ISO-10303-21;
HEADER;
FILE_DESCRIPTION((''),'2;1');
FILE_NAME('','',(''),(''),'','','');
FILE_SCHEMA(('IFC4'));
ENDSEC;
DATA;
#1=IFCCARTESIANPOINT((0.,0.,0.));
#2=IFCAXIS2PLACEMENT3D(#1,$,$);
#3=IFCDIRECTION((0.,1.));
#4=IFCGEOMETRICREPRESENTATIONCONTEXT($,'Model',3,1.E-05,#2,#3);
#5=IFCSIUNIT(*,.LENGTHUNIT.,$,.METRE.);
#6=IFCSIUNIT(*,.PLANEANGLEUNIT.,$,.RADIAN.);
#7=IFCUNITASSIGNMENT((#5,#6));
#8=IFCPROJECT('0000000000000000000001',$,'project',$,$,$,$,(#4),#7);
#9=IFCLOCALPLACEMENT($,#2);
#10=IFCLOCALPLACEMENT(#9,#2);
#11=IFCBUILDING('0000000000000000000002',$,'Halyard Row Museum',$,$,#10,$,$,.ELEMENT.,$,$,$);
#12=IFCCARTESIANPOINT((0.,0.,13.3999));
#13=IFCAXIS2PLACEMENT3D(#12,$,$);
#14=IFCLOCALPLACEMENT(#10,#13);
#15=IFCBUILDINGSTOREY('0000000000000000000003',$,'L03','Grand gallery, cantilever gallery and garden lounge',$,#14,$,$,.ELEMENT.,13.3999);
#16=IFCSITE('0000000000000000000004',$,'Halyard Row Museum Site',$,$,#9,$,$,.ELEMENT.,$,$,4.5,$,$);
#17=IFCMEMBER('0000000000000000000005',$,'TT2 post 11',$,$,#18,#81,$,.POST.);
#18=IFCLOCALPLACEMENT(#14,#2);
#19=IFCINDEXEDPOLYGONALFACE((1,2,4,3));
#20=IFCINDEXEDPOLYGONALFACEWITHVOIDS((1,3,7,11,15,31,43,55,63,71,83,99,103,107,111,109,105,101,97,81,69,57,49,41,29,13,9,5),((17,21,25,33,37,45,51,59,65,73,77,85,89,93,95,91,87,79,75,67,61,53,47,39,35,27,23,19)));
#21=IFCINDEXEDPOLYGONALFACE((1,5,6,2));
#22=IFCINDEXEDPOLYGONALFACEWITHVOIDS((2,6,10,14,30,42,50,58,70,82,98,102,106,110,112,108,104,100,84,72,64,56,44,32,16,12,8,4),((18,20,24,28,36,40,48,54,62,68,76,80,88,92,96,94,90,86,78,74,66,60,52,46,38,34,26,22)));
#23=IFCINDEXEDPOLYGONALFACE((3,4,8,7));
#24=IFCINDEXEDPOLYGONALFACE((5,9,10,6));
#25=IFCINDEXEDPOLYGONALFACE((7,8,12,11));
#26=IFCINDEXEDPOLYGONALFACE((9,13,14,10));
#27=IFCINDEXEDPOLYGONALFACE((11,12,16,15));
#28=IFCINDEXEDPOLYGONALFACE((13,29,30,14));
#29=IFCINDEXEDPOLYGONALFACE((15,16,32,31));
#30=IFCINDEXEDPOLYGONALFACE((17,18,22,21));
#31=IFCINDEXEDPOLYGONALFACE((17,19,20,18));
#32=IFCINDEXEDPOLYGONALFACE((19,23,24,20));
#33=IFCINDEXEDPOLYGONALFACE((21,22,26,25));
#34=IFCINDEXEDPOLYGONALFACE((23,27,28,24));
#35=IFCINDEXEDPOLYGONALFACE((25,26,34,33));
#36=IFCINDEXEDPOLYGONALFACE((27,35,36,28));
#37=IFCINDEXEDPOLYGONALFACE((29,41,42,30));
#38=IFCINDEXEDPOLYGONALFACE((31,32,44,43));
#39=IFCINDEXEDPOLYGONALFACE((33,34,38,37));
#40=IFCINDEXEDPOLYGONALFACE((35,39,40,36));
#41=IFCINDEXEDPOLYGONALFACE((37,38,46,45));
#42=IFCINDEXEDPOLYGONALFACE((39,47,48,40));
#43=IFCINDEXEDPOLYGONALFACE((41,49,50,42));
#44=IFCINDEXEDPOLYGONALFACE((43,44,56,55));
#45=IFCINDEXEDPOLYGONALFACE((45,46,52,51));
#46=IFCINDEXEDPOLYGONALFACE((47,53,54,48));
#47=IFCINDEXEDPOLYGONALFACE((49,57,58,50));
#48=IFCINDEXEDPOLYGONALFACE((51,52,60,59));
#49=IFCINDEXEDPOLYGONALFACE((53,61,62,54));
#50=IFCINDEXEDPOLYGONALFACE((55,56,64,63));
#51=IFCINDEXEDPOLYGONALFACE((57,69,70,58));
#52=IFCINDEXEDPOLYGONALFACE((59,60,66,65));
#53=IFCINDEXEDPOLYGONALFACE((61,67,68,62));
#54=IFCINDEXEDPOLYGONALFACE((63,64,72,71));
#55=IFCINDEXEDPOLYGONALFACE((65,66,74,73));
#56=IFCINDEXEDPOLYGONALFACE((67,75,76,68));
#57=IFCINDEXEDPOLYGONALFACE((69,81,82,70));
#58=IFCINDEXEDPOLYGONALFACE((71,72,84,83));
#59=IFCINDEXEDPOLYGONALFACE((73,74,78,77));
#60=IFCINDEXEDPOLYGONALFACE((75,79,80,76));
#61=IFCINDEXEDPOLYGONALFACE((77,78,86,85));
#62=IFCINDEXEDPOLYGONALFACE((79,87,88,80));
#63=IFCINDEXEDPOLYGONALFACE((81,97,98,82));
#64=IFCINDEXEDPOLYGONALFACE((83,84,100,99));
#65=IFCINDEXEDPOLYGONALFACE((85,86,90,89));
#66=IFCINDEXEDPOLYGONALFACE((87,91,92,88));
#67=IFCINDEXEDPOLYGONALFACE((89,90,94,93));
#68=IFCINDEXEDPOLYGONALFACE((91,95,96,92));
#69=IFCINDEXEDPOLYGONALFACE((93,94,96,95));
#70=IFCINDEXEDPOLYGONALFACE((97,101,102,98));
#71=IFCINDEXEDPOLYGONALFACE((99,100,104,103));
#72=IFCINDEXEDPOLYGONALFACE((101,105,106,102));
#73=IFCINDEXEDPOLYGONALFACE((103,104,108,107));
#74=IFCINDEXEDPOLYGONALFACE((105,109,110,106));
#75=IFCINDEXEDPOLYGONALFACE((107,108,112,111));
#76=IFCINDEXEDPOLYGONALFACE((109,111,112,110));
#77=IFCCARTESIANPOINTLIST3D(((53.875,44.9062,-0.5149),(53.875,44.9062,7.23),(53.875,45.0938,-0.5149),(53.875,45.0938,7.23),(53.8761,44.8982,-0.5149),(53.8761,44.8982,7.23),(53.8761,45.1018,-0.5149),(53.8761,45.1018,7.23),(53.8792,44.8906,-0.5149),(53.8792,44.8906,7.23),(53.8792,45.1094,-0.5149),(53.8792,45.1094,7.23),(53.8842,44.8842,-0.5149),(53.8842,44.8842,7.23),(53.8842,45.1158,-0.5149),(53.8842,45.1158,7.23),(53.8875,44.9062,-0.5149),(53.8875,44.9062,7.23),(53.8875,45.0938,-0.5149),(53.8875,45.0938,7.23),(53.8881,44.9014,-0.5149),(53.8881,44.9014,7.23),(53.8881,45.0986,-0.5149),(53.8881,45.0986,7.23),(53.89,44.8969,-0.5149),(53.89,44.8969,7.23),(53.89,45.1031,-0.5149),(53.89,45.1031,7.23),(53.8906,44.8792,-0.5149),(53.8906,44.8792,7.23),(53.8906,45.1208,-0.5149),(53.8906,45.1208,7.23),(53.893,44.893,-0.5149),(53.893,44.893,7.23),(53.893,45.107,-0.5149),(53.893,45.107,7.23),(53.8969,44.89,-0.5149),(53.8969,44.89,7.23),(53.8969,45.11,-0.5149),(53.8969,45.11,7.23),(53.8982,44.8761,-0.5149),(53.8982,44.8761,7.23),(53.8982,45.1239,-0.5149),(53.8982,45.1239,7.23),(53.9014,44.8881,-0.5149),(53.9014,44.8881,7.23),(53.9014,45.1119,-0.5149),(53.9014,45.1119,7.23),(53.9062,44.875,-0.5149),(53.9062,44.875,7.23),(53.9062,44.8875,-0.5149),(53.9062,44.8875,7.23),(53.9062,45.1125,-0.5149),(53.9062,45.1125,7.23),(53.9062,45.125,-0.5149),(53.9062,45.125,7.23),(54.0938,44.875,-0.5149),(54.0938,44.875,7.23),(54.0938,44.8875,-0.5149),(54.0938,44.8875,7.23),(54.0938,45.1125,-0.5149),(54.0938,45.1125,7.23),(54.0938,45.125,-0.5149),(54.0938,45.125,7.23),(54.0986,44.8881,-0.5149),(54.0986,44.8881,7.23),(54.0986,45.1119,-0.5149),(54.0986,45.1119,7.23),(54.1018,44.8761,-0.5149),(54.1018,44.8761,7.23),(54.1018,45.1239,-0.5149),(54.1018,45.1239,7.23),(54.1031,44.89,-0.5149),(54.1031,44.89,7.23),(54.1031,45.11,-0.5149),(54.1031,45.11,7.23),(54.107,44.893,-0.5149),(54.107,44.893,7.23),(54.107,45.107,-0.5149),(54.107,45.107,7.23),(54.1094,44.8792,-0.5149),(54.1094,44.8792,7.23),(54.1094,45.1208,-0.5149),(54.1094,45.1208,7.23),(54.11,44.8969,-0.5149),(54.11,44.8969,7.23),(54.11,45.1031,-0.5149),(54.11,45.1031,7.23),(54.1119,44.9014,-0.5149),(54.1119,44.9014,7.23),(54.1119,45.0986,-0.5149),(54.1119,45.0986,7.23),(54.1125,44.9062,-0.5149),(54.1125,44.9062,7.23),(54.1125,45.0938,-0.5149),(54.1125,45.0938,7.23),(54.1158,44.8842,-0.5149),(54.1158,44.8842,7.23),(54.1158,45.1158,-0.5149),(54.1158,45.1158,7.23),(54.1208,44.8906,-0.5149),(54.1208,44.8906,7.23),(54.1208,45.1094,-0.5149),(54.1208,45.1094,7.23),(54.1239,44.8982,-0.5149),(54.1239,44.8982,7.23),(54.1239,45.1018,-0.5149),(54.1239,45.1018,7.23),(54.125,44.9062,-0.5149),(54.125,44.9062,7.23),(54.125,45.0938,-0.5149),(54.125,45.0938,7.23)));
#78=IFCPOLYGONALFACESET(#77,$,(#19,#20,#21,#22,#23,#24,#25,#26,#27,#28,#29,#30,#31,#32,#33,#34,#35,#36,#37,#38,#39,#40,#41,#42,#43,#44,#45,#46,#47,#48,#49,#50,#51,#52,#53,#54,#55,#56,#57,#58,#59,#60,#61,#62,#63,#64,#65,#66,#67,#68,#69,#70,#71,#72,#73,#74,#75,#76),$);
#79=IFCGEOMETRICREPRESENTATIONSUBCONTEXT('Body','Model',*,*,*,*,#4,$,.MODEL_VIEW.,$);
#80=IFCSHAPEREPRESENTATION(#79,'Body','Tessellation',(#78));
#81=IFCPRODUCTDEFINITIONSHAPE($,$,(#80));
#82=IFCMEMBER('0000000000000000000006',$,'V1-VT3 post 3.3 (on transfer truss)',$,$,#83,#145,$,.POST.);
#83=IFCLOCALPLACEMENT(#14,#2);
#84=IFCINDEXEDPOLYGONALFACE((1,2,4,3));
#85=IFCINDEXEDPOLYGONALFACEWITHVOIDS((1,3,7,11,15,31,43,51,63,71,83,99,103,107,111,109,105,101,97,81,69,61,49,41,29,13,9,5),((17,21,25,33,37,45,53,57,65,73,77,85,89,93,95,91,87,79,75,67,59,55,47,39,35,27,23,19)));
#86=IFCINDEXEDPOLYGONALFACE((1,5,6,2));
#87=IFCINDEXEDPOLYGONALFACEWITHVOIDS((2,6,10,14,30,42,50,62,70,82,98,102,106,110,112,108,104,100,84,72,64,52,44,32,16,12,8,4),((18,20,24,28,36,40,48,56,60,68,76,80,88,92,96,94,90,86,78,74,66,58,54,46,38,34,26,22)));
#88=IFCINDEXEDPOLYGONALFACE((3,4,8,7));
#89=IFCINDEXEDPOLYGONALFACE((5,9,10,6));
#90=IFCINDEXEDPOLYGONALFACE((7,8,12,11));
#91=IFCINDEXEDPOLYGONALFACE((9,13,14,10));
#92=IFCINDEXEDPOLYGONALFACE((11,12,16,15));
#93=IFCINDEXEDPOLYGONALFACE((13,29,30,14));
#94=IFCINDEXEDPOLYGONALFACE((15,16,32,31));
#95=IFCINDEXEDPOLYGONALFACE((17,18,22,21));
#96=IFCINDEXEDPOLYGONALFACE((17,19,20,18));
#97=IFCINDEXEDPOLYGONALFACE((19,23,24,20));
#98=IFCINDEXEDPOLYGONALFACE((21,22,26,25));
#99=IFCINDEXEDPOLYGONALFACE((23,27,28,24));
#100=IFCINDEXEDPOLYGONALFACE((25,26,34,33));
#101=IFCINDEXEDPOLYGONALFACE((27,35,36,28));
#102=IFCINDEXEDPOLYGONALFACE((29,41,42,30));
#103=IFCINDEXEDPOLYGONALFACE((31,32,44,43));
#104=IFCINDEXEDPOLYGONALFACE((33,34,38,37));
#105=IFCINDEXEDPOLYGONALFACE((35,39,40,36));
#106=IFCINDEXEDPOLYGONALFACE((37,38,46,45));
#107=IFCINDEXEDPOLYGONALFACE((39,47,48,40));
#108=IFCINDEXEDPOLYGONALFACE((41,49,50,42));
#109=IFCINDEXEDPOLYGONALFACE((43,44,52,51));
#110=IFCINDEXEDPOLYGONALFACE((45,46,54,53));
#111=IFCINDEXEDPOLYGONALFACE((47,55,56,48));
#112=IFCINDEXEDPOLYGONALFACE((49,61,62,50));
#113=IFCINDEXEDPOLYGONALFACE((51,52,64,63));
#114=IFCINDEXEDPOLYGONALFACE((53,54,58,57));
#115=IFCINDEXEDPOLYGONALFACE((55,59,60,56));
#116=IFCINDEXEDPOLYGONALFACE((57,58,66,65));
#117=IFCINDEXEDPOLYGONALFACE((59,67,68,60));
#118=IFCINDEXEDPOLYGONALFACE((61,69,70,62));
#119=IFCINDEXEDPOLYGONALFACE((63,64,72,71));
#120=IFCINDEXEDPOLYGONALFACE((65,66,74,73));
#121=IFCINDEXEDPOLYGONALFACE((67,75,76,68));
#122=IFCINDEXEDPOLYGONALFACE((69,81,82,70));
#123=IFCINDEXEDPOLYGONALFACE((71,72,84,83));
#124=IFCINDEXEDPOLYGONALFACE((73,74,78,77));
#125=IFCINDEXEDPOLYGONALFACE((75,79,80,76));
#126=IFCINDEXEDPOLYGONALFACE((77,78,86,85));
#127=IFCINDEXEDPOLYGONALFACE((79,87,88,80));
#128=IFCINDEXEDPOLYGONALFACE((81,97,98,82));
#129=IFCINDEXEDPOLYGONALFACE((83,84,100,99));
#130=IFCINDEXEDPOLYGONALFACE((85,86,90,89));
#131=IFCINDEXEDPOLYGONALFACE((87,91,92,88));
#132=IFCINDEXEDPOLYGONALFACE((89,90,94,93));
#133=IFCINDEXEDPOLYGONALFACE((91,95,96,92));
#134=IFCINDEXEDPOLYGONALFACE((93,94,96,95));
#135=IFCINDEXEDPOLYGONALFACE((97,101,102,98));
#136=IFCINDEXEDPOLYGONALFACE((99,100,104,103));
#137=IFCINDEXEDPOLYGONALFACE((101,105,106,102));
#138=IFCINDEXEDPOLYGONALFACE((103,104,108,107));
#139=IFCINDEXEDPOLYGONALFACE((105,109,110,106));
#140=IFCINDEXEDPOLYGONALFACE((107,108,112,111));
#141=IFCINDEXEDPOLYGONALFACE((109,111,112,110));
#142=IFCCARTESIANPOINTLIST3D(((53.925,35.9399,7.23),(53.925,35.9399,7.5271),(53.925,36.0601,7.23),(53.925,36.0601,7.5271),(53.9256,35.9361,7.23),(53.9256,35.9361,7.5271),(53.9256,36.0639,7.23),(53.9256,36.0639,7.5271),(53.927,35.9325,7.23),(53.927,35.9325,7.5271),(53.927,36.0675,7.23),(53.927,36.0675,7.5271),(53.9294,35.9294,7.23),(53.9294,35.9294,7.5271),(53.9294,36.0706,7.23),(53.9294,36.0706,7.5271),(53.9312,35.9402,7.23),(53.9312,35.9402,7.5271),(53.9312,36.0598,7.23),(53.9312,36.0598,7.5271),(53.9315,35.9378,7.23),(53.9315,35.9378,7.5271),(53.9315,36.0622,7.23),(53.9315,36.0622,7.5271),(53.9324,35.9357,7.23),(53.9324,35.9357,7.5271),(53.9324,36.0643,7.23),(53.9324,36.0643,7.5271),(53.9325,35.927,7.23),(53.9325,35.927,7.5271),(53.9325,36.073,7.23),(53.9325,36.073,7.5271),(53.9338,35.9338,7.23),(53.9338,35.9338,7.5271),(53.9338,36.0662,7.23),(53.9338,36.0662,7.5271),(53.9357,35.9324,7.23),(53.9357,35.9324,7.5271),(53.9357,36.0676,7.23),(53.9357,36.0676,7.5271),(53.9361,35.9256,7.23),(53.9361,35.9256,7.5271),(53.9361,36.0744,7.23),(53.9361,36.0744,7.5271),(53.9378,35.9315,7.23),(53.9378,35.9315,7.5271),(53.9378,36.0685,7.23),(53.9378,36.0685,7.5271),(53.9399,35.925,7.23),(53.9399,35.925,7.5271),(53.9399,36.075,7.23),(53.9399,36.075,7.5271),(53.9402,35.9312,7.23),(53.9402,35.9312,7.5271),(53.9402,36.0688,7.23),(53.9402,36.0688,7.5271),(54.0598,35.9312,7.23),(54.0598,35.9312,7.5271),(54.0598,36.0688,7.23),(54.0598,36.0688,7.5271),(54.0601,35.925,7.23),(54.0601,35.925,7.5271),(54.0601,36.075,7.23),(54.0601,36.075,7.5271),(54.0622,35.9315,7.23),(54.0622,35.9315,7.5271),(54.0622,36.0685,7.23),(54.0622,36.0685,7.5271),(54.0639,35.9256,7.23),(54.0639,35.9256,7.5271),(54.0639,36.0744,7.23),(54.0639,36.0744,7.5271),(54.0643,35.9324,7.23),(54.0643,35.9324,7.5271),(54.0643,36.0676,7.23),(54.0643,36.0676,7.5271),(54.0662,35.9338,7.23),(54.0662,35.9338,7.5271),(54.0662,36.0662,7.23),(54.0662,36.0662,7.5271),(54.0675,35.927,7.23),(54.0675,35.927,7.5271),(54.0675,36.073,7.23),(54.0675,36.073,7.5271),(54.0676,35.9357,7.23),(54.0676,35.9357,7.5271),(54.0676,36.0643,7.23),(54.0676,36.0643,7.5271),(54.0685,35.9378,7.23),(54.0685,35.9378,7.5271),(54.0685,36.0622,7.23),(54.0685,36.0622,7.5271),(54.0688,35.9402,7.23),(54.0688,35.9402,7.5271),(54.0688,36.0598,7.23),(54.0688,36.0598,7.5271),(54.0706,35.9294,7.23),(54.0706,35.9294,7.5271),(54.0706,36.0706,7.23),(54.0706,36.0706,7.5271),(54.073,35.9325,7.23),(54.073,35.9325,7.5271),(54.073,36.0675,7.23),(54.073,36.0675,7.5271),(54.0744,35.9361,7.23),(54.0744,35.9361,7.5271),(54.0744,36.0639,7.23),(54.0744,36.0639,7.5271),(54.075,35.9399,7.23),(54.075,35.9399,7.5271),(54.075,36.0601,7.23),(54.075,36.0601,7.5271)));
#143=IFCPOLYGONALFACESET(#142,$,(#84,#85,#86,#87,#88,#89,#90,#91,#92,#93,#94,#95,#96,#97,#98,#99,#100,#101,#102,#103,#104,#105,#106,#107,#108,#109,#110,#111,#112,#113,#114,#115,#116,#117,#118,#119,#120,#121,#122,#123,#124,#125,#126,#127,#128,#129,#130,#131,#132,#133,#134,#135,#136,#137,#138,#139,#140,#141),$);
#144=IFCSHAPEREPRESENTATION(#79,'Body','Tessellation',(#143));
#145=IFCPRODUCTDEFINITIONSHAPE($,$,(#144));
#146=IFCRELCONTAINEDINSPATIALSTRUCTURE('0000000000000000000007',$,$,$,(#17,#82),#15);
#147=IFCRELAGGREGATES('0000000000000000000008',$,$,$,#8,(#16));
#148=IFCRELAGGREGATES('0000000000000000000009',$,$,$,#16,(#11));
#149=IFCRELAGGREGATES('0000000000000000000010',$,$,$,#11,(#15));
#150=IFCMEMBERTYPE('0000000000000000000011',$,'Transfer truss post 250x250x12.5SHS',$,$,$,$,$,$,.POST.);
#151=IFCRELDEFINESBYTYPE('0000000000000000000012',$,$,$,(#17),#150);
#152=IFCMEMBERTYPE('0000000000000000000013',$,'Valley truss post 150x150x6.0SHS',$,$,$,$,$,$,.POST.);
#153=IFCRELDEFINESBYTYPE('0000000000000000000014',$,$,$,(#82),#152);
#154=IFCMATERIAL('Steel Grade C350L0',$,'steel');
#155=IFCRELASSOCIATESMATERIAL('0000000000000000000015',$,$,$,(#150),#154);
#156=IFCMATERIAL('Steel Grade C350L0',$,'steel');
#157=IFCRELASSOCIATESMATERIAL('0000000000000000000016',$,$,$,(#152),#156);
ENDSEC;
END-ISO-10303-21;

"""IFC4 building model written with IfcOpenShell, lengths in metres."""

from ifc_helpers import new_model, si_unit, direction, frame, origin, origin_2d, place, context, subcontext, project, spatial, hollow_rectangle, extrude, material, material_profile, profile_set, type_object, element, save


model = new_model("IFC4")

# Units and contexts
model_context = context("Model", 3, precision=1e-05, world=origin(), true_north=direction((0.0, 1.0)))
body_context = subcontext(model_context, "Body", "Model", "MODEL_VIEW")
ifc_project = project(units=[si_unit("LENGTHUNIT", "METRE"), si_unit("PLANEANGLEUNIT", "RADIAN")], contexts=[model_context])

# Site, building, storey
site_placement = place(None, origin())
site = spatial("IfcSite", under=ifc_project, at=site_placement, Name="Halyard Row Museum Site", CompositionType="ELEMENT", RefElevation=4.5)
building_placement = place(site_placement, origin())
building = spatial("IfcBuilding", under=site, at=building_placement, Name="Halyard Row Museum", CompositionType="ELEMENT")
storey_placement = place(building_placement, frame((0.0, 0.0, 13.3999)))
storey = spatial("IfcBuildingStorey", under=building, at=storey_placement, Name="L03", Description="Grand gallery, cantilever gallery and garden lounge", CompositionType="ELEMENT", Elevation=13.3999)

# Members
ifc_material_1 = material(Name="Steel Grade C350L0", Category="steel")
ifc_material_profile_1 = material_profile(ifc_material_1, hollow_rectangle(XDim=0.25, YDim=0.25, WallThickness=0.0125, InnerFilletRadius=0.0188, OuterFilletRadius=0.0312, at=origin_2d()), Name="250x250x12.5SHS")
ifc_profile_set_1 = profile_set([ifc_material_profile_1], Name="Steel Grade C350L0")
member_type_1 = type_object("IfcMemberType", Name="Transfer truss post 250x250x12.5SHS", PredefinedType="POST", material=ifc_profile_set_1)
for number, where, z_axis, x_axis, name in (
    (1, (54.0, 45.0, -0.5149), (0.0, 0.0, 1.0), (1.0, 0.0, 0.0), "TT2 post 11"),
):
    element("IfcMember", number, at=place(storey_placement, frame(where, z_axis=z_axis, x_axis=x_axis)), inside=storey, type_object=member_type_1, Name=name, PredefinedType="POST", context=body_context, shape_type="SweptSolid", body=[
        extrude(hollow_rectangle(XDim=0.25, YDim=0.25, WallThickness=0.0125, InnerFilletRadius=0.0188, OuterFilletRadius=0.0312, at=origin_2d()), origin(), (0.0, 0.0, 1.0), 7.7449),
    ])
ifc_material_2 = material(Name="Steel Grade C350L0", Category="steel")
ifc_material_profile_2 = material_profile(ifc_material_2, hollow_rectangle(XDim=0.1499, YDim=0.1499, WallThickness=0.0061, InnerFilletRadius=0.009, OuterFilletRadius=0.0149, at=origin_2d()), Name="150x150x6.0SHS")
ifc_profile_set_2 = profile_set([ifc_material_profile_2], Name="Steel Grade C350L0")
member_type_2 = type_object("IfcMemberType", Name="Valley truss post 150x150x6.0SHS", PredefinedType="POST", material=ifc_profile_set_2)
member_1_placement = place(storey_placement, frame((54.0, 36.0, 7.23), z_axis=(0.0, 0.0, 1.0), x_axis=(1.0, 0.0, 0.0)))
element("IfcMember", 2, at=member_1_placement, inside=storey, type_object=member_type_2, Name="V1-VT3 post 3.3 (on transfer truss)", PredefinedType="POST", context=body_context, shape_type="SweptSolid", body=[
    extrude(hollow_rectangle(XDim=0.1499, YDim=0.1499, WallThickness=0.0061, InnerFilletRadius=0.009, OuterFilletRadius=0.0149, at=origin_2d()), origin(), (0.0, 0.0, 1.0), 0.2971),
])

save(model, "model.ifc")
